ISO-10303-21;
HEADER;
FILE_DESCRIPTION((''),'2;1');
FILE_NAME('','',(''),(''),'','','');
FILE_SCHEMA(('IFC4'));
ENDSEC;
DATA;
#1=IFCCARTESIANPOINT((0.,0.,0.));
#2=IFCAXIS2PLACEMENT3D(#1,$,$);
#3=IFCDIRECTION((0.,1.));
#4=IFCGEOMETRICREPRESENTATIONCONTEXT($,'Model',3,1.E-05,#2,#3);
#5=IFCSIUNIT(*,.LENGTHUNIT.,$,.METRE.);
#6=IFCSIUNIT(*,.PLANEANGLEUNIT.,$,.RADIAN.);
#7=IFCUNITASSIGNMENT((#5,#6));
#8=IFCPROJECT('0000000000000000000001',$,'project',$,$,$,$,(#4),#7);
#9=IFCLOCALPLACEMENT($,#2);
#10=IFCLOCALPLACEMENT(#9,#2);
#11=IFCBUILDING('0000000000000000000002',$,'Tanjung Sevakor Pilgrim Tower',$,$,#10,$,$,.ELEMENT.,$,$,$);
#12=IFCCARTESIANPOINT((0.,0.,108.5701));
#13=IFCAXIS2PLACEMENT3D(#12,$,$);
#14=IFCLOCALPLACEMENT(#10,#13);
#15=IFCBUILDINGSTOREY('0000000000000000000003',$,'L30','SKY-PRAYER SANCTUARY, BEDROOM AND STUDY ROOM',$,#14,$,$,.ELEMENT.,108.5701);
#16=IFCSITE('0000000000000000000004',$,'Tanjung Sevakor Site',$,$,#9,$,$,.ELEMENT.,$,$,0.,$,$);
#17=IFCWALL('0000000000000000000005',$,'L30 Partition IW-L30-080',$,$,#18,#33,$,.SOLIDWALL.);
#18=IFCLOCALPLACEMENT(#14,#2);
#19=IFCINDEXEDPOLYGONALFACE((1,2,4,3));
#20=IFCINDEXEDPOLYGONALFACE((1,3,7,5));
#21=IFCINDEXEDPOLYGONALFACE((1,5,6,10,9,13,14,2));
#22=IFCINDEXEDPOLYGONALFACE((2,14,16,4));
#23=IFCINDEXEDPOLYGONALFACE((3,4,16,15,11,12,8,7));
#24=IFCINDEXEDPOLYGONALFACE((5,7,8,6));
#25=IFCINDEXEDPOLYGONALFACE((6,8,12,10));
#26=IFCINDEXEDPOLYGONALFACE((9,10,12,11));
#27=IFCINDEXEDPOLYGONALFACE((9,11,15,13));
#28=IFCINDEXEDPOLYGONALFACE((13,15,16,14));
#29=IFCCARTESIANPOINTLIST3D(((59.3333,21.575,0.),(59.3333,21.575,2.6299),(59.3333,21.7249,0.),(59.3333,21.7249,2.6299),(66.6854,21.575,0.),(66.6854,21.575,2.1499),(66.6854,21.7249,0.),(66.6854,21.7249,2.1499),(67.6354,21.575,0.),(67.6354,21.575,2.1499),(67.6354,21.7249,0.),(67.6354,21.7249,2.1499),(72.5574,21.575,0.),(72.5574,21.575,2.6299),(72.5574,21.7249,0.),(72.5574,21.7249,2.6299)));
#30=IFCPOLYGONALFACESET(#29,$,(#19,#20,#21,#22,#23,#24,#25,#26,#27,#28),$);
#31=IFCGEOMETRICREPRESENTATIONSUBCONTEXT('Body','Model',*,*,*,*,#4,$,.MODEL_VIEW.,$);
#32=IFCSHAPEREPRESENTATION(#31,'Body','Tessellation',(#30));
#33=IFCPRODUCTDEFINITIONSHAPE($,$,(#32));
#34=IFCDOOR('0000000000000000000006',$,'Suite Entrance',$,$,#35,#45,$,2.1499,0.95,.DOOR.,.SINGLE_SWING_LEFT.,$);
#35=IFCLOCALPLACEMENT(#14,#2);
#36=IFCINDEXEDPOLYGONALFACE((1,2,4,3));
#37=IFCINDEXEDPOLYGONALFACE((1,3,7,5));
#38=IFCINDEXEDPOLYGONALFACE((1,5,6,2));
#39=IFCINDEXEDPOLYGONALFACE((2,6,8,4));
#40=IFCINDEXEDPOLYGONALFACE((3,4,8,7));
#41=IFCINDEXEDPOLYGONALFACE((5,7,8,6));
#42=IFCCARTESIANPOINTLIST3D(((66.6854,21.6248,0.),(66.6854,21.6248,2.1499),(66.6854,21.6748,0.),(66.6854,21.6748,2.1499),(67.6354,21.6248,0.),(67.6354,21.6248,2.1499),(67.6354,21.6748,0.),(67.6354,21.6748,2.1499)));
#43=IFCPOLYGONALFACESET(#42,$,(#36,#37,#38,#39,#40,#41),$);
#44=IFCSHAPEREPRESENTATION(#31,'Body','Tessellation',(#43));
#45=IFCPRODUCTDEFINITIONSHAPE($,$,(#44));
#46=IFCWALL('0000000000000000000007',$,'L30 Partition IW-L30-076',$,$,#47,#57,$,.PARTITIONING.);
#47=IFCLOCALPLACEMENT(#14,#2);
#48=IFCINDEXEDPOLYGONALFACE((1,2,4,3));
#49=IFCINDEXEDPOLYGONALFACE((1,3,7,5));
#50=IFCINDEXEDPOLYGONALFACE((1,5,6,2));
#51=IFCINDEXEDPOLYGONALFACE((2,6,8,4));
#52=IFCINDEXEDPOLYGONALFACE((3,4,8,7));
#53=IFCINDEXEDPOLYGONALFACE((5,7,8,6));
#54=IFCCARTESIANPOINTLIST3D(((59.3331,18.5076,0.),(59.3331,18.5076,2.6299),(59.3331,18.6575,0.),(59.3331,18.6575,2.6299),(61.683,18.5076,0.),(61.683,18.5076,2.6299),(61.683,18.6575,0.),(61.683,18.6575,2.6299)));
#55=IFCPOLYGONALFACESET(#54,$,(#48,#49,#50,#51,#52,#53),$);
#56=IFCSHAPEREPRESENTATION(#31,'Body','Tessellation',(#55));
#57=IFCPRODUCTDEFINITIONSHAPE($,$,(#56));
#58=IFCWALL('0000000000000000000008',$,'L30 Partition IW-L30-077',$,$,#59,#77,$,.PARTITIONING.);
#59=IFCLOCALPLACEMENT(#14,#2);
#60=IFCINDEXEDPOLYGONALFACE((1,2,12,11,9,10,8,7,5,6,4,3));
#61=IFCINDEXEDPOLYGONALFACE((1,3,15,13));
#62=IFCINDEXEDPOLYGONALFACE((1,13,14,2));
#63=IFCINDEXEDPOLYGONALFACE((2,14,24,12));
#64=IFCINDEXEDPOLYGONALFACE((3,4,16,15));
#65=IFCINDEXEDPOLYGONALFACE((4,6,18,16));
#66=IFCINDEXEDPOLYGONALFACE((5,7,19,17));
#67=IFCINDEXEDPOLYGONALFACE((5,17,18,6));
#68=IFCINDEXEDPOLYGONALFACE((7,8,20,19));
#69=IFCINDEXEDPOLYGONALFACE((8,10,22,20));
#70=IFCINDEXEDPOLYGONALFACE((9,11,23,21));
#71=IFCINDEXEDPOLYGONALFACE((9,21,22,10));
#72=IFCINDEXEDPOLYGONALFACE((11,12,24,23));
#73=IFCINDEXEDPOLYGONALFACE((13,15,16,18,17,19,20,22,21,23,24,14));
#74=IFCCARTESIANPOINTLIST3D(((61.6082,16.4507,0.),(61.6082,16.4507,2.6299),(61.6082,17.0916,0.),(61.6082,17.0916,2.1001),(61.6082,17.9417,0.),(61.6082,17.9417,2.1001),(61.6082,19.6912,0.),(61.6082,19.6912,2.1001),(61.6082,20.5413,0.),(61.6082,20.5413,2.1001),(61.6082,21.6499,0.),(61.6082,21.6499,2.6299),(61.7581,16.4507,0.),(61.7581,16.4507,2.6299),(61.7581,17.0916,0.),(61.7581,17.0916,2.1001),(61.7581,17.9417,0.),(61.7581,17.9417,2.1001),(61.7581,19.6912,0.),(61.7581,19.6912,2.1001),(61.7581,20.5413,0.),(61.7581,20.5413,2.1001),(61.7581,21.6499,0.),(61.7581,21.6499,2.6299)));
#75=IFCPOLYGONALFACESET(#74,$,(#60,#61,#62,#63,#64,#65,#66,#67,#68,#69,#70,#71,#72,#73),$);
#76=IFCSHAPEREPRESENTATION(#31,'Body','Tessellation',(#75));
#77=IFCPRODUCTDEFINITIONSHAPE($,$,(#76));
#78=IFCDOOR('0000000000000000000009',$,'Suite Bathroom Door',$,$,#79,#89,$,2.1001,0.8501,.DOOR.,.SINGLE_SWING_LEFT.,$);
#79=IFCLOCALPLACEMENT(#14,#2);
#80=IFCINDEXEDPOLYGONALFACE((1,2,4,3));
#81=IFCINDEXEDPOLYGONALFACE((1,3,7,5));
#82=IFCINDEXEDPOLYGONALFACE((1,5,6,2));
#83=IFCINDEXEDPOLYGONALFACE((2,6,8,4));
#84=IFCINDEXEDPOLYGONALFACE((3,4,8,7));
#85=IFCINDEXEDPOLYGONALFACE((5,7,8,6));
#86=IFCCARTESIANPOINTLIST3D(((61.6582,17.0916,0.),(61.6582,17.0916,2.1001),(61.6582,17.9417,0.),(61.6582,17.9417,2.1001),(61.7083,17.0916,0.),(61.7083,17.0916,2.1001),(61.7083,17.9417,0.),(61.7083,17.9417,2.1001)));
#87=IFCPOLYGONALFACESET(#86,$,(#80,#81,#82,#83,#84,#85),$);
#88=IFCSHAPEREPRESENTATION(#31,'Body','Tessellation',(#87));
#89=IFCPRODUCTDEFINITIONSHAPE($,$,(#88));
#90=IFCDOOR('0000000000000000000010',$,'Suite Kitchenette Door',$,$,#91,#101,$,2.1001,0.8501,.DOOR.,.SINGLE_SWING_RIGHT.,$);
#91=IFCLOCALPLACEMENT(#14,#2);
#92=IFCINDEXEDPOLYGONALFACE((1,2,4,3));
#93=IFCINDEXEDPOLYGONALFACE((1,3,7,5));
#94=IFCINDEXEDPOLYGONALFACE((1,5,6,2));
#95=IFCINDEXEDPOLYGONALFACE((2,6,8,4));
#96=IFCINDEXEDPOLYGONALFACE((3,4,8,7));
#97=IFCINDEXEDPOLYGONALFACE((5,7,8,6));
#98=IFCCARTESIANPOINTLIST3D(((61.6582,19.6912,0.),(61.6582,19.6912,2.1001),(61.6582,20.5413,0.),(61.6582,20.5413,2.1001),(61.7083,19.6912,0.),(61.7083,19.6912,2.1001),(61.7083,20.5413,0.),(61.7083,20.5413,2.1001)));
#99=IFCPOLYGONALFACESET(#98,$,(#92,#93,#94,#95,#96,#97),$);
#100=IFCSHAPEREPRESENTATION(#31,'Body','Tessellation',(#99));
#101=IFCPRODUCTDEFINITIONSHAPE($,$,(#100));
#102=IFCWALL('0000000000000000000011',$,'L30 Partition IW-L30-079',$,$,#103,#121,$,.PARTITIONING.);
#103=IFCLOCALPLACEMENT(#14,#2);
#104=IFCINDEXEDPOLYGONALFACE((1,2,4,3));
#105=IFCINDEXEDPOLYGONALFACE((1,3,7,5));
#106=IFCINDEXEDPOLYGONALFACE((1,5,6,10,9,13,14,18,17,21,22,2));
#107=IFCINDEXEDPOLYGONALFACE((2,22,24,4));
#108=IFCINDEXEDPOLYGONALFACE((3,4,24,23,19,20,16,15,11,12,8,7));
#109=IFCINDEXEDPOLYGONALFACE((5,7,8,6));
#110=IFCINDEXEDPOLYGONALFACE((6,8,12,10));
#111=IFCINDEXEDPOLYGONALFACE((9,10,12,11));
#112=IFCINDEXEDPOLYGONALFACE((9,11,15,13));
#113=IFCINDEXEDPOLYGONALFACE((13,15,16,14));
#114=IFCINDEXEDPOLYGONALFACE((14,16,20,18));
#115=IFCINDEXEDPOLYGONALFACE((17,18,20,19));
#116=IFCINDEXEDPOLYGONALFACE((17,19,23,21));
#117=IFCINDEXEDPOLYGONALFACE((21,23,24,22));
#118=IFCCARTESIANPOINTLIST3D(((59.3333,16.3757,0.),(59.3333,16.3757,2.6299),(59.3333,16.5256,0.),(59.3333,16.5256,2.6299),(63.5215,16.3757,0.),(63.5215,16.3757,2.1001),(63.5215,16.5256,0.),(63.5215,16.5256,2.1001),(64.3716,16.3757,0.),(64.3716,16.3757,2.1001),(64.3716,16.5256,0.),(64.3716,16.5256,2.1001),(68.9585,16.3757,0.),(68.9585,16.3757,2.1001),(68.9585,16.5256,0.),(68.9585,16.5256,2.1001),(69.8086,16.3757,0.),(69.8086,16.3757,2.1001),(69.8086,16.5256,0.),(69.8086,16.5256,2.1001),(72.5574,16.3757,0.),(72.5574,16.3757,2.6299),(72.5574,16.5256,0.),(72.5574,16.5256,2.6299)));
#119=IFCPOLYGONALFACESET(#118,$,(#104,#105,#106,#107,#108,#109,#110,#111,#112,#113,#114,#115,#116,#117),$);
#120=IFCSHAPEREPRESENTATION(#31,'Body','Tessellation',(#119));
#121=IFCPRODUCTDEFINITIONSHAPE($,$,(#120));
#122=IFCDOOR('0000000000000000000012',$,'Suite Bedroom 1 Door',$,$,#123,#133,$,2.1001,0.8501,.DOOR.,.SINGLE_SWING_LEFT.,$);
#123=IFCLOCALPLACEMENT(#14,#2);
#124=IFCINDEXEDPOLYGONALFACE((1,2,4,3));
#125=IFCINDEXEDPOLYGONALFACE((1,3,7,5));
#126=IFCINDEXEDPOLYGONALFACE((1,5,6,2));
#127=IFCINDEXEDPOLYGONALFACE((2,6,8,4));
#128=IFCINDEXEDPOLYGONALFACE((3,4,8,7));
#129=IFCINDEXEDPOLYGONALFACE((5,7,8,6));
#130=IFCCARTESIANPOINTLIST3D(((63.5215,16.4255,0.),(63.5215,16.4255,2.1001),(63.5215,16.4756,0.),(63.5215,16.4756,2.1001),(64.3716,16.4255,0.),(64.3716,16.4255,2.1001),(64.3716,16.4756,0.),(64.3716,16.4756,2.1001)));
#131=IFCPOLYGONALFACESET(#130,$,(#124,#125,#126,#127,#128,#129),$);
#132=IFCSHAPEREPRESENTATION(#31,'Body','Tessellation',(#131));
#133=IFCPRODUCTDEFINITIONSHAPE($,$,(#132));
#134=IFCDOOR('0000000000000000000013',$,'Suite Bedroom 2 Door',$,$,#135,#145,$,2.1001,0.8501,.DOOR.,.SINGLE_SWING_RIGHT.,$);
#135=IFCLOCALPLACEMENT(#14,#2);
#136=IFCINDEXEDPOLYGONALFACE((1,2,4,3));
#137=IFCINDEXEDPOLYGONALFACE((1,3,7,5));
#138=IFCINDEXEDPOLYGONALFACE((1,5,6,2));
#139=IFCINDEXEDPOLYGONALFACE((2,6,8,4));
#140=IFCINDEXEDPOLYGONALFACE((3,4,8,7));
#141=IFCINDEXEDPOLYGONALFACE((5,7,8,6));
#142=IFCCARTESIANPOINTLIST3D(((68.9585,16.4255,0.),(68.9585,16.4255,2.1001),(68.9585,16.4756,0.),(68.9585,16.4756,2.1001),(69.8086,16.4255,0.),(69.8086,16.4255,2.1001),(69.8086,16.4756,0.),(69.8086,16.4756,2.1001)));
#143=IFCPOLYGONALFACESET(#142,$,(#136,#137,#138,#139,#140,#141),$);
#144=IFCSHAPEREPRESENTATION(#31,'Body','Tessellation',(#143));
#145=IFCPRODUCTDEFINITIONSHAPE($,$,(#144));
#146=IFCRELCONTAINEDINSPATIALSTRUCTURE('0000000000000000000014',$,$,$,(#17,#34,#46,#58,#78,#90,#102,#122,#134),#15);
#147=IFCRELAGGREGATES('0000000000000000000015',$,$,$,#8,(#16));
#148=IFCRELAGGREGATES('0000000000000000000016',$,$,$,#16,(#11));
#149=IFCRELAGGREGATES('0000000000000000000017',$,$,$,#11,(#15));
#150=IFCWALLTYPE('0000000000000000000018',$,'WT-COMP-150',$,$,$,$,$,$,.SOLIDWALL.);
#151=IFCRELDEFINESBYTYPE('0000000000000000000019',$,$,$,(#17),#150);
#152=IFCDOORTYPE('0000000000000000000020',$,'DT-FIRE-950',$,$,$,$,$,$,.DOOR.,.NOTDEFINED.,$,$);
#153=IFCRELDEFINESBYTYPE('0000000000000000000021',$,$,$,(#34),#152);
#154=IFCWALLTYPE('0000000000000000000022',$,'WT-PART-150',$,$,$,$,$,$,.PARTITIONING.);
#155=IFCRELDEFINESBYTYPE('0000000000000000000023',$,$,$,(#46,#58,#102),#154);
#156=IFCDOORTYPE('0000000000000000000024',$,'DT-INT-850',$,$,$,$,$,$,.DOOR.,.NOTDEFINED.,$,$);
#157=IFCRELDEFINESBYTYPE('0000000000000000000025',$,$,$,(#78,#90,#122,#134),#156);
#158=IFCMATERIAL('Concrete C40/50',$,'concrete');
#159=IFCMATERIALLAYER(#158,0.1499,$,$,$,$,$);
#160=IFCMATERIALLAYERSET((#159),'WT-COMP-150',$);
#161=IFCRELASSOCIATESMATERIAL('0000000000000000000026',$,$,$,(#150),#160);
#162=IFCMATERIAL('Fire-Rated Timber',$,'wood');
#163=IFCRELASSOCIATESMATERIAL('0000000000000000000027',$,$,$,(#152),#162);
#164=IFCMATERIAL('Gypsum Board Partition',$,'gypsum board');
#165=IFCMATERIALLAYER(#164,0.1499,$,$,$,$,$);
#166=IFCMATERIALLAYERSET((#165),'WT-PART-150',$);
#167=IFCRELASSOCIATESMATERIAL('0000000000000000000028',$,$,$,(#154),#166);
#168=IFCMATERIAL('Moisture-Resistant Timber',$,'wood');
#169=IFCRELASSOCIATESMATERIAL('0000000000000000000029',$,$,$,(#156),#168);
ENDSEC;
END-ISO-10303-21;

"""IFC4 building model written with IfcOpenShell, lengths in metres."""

from ifc_helpers import new_model, si_unit, direction, frame, frame_2d, origin, place, context, subcontext, project, spatial, rectangle, extrude, material, layer, layer_set, type_object, element, fill, save


model = new_model("IFC4")

# Units and contexts
model_context = context("Model", 3, precision=1e-05, world=origin(), true_north=direction((0.0, 1.0)))
body_context = subcontext(model_context, "Body", "Model", "MODEL_VIEW")
ifc_project = project(units=[si_unit("LENGTHUNIT", "METRE"), si_unit("PLANEANGLEUNIT", "RADIAN")], contexts=[model_context])

# Site, building, storey
site_placement = place(None, origin())
site = spatial("IfcSite", under=ifc_project, at=site_placement, Name="Tanjung Sevakor Site", CompositionType="ELEMENT", RefElevation=0.0)
building_placement = place(site_placement, origin())
building = spatial("IfcBuilding", under=site, at=building_placement, Name="Tanjung Sevakor Pilgrim Tower", CompositionType="ELEMENT")
storey_placement = place(building_placement, frame((0.0, 0.0, 108.5701)))
storey = spatial("IfcBuildingStorey", under=building, at=storey_placement, Name="L30", Description="SKY-PRAYER SANCTUARY, BEDROOM AND STUDY ROOM", CompositionType="ELEMENT", Elevation=108.5701)

# Shared definitions
ifc_material_1 = material(Name="Concrete C40/50", Category="concrete")
ifc_layer_1 = layer(ifc_material_1, 0.1499)
ifc_layer_set_1 = layer_set([ifc_layer_1], Name="WT-COMP-150")
wall_type_1 = type_object("IfcWallType", Name="WT-COMP-150", PredefinedType="SOLIDWALL", material=ifc_layer_set_1)

# Wall, opening, door
wall_1_placement = place(storey_placement, frame((59.3333, 21.6499, 0.0), z_axis=(0.0, 0.0, 1.0), x_axis=(1.0, 0.0, 0.0)))
wall_1 = element("IfcWall", 1, at=wall_1_placement, inside=storey, type_object=wall_type_1, Name="L30 Partition IW-L30-080", PredefinedType="SOLIDWALL", context=body_context, shape_type="SweptSolid", body=[
    extrude(rectangle(XDim=13.2241, YDim=0.1499, at=frame_2d((6.6121, 0.0))), origin(), (0.0, 0.0, 1.0), 2.6299),
])
opening_1_placement = place(wall_1_placement, frame((7.3521, 0.0, 0.0)))
opening_1 = element("IfcOpeningElement", 2, at=opening_1_placement, cuts=wall_1, PredefinedType="OPENING", context=body_context, shape_type="SweptSolid", body=[
    extrude(rectangle(XDim=0.95, YDim=2.1499, at=frame_2d((0.4751, 1.075))), frame((0.0, 0.085, 0.0), z_axis=(0.0, -1.0, 0.0), x_axis=(1.0, 0.0, 0.0)), (0.0, 0.0, 1.0), 0.1699),
])
ifc_material_2 = material(Name="Fire-Rated Timber", Category="wood")
door_type_1 = type_object("IfcDoorType", Name="DT-FIRE-950", OperationType="NOTDEFINED", PredefinedType="DOOR", material=ifc_material_2)
door_1_placement = place(opening_1_placement, origin())
door_1 = element("IfcDoor", 3, at=door_1_placement, inside=storey, type_object=door_type_1, Name="Suite Entrance", OperationType="SINGLE_SWING_LEFT", OverallHeight=2.1499, OverallWidth=0.95, PredefinedType="DOOR", context=body_context, shape_type="SweptSolid", body=[
    extrude(rectangle(XDim=0.95, YDim=2.1499, at=frame_2d((0.4751, 1.075))), frame((0.0, 0.0249, 0.0), z_axis=(0.0, -1.0, 0.0), x_axis=(1.0, 0.0, 0.0)), (0.0, 0.0, 1.0), 0.05),
])
fill(opening_1, door_1)

# Wall
ifc_material_3 = material(Name="Gypsum Board Partition", Category="gypsum board")
ifc_layer_2 = layer(ifc_material_3, 0.1499)
ifc_layer_set_2 = layer_set([ifc_layer_2], Name="WT-PART-150")
wall_type_2 = type_object("IfcWallType", Name="WT-PART-150", PredefinedType="PARTITIONING", material=ifc_layer_set_2)
wall_2_placement = place(storey_placement, frame((59.3333, 18.5825, 0.0), z_axis=(0.0, 0.0, 1.0), x_axis=(1.0, 0.0, 0.0)))
element("IfcWall", 4, at=wall_2_placement, inside=storey, type_object=wall_type_2, Name="L30 Partition IW-L30-076", PredefinedType="PARTITIONING", context=body_context, shape_type="SweptSolid", body=[
    extrude(rectangle(XDim=2.3499, YDim=0.1499, at=frame_2d((1.1748, 0.0))), origin(), (0.0, 0.0, 1.0), 2.6299),
])

# Walls, openings, doors
wall_3_placement = place(storey_placement, frame((61.6831, 16.4507, 0.0), z_axis=(0.0, 0.0, 1.0), x_axis=(0.0, 1.0, 0.0)))
wall_3 = element("IfcWall", 5, at=wall_3_placement, inside=storey, type_object=wall_type_2, Name="L30 Partition IW-L30-077", PredefinedType="PARTITIONING", context=body_context, shape_type="SweptSolid", body=[
    extrude(rectangle(XDim=5.1992, YDim=0.1499, at=frame_2d((2.5996, 0.0))), origin(), (0.0, 0.0, 1.0), 2.6299),
])
opening_2_placement = place(wall_3_placement, frame((0.6409, 0.0, 0.0)))
opening_2 = element("IfcOpeningElement", 6, at=opening_2_placement, cuts=wall_3, PredefinedType="OPENING", context=body_context, shape_type="SweptSolid", body=[
    extrude(rectangle(XDim=0.8501, YDim=2.1001, at=frame_2d((0.425, 1.05))), frame((0.0, 0.085, 0.0), z_axis=(0.0, -1.0, 0.0), x_axis=(1.0, 0.0, 0.0)), (0.0, 0.0, 1.0), 0.1699),
])
opening_3_placement = place(wall_3_placement, frame((3.2405, 0.0, 0.0)))
opening_3 = element("IfcOpeningElement", 7, at=opening_3_placement, cuts=wall_3, PredefinedType="OPENING", context=body_context, shape_type="SweptSolid", body=[
    extrude(rectangle(XDim=0.8501, YDim=2.1001, at=frame_2d((0.425, 1.05))), frame((0.0, 0.085, 0.0), z_axis=(0.0, -1.0, 0.0), x_axis=(1.0, 0.0, 0.0)), (0.0, 0.0, 1.0), 0.1699),
])
ifc_material_4 = material(Name="Moisture-Resistant Timber", Category="wood")
door_type_2 = type_object("IfcDoorType", Name="DT-INT-850", OperationType="NOTDEFINED", PredefinedType="DOOR", material=ifc_material_4)
door_2_placement = place(opening_2_placement, origin())
door_2 = element("IfcDoor", 8, at=door_2_placement, inside=storey, type_object=door_type_2, Name="Suite Bathroom Door", OperationType="SINGLE_SWING_LEFT", OverallHeight=2.1001, OverallWidth=0.8501, PredefinedType="DOOR", context=body_context, shape_type="SweptSolid", body=[
    extrude(rectangle(XDim=0.8501, YDim=2.1001, at=frame_2d((0.425, 1.05))), frame((0.0, 0.0249, 0.0), z_axis=(0.0, -1.0, 0.0), x_axis=(1.0, 0.0, 0.0)), (0.0, 0.0, 1.0), 0.05),
])
fill(opening_2, door_2)
door_3_placement = place(opening_3_placement, origin())
door_3 = element("IfcDoor", 9, at=door_3_placement, inside=storey, type_object=door_type_2, Name="Suite Kitchenette Door", OperationType="SINGLE_SWING_RIGHT", OverallHeight=2.1001, OverallWidth=0.8501, PredefinedType="DOOR", context=body_context, shape_type="SweptSolid", body=[
    extrude(rectangle(XDim=0.8501, YDim=2.1001, at=frame_2d((0.425, 1.05))), frame((0.0, 0.0249, 0.0), z_axis=(0.0, -1.0, 0.0), x_axis=(1.0, 0.0, 0.0)), (0.0, 0.0, 1.0), 0.05),
])
fill(opening_3, door_3)
wall_4_placement = place(storey_placement, frame((59.3333, 16.4507, 0.0), z_axis=(0.0, 0.0, 1.0), x_axis=(1.0, 0.0, 0.0)))
wall_4 = element("IfcWall", 10, at=wall_4_placement, inside=storey, type_object=wall_type_2, Name="L30 Partition IW-L30-079", PredefinedType="PARTITIONING", context=body_context, shape_type="SweptSolid", body=[
    extrude(rectangle(XDim=13.2241, YDim=0.1499, at=frame_2d((6.6121, 0.0))), origin(), (0.0, 0.0, 1.0), 2.6299),
])
opening_4_placement = place(wall_4_placement, frame((4.1882, 0.0, 0.0)))
opening_4 = element("IfcOpeningElement", 11, at=opening_4_placement, cuts=wall_4, PredefinedType="OPENING", context=body_context, shape_type="SweptSolid", body=[
    extrude(rectangle(XDim=0.8501, YDim=2.1001, at=frame_2d((0.425, 1.05))), frame((0.0, 0.085, 0.0), z_axis=(0.0, -1.0, 0.0), x_axis=(1.0, 0.0, 0.0)), (0.0, 0.0, 1.0), 0.1699),
])
opening_5_placement = place(wall_4_placement, frame((9.6252, 0.0, 0.0)))
opening_5 = element("IfcOpeningElement", 12, at=opening_5_placement, cuts=wall_4, PredefinedType="OPENING", context=body_context, shape_type="SweptSolid", body=[
    extrude(rectangle(XDim=0.8501, YDim=2.1001, at=frame_2d((0.425, 1.05))), frame((0.0, 0.085, 0.0), z_axis=(0.0, -1.0, 0.0), x_axis=(1.0, 0.0, 0.0)), (0.0, 0.0, 1.0), 0.1699),
])
door_4_placement = place(opening_4_placement, origin())
door_4 = element("IfcDoor", 13, at=door_4_placement, inside=storey, type_object=door_type_2, Name="Suite Bedroom 1 Door", OperationType="SINGLE_SWING_LEFT", OverallHeight=2.1001, OverallWidth=0.8501, PredefinedType="DOOR", context=body_context, shape_type="SweptSolid", body=[
    extrude(rectangle(XDim=0.8501, YDim=2.1001, at=frame_2d((0.425, 1.05))), frame((0.0, 0.0249, 0.0), z_axis=(0.0, -1.0, 0.0), x_axis=(1.0, 0.0, 0.0)), (0.0, 0.0, 1.0), 0.05),
])
fill(opening_4, door_4)
door_5_placement = place(opening_5_placement, origin())
door_5 = element("IfcDoor", 14, at=door_5_placement, inside=storey, type_object=door_type_2, Name="Suite Bedroom 2 Door", OperationType="SINGLE_SWING_RIGHT", OverallHeight=2.1001, OverallWidth=0.8501, PredefinedType="DOOR", context=body_context, shape_type="SweptSolid", body=[
    extrude(rectangle(XDim=0.8501, YDim=2.1001, at=frame_2d((0.425, 1.05))), frame((0.0, 0.0249, 0.0), z_axis=(0.0, -1.0, 0.0), x_axis=(1.0, 0.0, 0.0)), (0.0, 0.0, 1.0), 0.05),
])
fill(opening_5, door_5)

save(model, "model.ifc")
